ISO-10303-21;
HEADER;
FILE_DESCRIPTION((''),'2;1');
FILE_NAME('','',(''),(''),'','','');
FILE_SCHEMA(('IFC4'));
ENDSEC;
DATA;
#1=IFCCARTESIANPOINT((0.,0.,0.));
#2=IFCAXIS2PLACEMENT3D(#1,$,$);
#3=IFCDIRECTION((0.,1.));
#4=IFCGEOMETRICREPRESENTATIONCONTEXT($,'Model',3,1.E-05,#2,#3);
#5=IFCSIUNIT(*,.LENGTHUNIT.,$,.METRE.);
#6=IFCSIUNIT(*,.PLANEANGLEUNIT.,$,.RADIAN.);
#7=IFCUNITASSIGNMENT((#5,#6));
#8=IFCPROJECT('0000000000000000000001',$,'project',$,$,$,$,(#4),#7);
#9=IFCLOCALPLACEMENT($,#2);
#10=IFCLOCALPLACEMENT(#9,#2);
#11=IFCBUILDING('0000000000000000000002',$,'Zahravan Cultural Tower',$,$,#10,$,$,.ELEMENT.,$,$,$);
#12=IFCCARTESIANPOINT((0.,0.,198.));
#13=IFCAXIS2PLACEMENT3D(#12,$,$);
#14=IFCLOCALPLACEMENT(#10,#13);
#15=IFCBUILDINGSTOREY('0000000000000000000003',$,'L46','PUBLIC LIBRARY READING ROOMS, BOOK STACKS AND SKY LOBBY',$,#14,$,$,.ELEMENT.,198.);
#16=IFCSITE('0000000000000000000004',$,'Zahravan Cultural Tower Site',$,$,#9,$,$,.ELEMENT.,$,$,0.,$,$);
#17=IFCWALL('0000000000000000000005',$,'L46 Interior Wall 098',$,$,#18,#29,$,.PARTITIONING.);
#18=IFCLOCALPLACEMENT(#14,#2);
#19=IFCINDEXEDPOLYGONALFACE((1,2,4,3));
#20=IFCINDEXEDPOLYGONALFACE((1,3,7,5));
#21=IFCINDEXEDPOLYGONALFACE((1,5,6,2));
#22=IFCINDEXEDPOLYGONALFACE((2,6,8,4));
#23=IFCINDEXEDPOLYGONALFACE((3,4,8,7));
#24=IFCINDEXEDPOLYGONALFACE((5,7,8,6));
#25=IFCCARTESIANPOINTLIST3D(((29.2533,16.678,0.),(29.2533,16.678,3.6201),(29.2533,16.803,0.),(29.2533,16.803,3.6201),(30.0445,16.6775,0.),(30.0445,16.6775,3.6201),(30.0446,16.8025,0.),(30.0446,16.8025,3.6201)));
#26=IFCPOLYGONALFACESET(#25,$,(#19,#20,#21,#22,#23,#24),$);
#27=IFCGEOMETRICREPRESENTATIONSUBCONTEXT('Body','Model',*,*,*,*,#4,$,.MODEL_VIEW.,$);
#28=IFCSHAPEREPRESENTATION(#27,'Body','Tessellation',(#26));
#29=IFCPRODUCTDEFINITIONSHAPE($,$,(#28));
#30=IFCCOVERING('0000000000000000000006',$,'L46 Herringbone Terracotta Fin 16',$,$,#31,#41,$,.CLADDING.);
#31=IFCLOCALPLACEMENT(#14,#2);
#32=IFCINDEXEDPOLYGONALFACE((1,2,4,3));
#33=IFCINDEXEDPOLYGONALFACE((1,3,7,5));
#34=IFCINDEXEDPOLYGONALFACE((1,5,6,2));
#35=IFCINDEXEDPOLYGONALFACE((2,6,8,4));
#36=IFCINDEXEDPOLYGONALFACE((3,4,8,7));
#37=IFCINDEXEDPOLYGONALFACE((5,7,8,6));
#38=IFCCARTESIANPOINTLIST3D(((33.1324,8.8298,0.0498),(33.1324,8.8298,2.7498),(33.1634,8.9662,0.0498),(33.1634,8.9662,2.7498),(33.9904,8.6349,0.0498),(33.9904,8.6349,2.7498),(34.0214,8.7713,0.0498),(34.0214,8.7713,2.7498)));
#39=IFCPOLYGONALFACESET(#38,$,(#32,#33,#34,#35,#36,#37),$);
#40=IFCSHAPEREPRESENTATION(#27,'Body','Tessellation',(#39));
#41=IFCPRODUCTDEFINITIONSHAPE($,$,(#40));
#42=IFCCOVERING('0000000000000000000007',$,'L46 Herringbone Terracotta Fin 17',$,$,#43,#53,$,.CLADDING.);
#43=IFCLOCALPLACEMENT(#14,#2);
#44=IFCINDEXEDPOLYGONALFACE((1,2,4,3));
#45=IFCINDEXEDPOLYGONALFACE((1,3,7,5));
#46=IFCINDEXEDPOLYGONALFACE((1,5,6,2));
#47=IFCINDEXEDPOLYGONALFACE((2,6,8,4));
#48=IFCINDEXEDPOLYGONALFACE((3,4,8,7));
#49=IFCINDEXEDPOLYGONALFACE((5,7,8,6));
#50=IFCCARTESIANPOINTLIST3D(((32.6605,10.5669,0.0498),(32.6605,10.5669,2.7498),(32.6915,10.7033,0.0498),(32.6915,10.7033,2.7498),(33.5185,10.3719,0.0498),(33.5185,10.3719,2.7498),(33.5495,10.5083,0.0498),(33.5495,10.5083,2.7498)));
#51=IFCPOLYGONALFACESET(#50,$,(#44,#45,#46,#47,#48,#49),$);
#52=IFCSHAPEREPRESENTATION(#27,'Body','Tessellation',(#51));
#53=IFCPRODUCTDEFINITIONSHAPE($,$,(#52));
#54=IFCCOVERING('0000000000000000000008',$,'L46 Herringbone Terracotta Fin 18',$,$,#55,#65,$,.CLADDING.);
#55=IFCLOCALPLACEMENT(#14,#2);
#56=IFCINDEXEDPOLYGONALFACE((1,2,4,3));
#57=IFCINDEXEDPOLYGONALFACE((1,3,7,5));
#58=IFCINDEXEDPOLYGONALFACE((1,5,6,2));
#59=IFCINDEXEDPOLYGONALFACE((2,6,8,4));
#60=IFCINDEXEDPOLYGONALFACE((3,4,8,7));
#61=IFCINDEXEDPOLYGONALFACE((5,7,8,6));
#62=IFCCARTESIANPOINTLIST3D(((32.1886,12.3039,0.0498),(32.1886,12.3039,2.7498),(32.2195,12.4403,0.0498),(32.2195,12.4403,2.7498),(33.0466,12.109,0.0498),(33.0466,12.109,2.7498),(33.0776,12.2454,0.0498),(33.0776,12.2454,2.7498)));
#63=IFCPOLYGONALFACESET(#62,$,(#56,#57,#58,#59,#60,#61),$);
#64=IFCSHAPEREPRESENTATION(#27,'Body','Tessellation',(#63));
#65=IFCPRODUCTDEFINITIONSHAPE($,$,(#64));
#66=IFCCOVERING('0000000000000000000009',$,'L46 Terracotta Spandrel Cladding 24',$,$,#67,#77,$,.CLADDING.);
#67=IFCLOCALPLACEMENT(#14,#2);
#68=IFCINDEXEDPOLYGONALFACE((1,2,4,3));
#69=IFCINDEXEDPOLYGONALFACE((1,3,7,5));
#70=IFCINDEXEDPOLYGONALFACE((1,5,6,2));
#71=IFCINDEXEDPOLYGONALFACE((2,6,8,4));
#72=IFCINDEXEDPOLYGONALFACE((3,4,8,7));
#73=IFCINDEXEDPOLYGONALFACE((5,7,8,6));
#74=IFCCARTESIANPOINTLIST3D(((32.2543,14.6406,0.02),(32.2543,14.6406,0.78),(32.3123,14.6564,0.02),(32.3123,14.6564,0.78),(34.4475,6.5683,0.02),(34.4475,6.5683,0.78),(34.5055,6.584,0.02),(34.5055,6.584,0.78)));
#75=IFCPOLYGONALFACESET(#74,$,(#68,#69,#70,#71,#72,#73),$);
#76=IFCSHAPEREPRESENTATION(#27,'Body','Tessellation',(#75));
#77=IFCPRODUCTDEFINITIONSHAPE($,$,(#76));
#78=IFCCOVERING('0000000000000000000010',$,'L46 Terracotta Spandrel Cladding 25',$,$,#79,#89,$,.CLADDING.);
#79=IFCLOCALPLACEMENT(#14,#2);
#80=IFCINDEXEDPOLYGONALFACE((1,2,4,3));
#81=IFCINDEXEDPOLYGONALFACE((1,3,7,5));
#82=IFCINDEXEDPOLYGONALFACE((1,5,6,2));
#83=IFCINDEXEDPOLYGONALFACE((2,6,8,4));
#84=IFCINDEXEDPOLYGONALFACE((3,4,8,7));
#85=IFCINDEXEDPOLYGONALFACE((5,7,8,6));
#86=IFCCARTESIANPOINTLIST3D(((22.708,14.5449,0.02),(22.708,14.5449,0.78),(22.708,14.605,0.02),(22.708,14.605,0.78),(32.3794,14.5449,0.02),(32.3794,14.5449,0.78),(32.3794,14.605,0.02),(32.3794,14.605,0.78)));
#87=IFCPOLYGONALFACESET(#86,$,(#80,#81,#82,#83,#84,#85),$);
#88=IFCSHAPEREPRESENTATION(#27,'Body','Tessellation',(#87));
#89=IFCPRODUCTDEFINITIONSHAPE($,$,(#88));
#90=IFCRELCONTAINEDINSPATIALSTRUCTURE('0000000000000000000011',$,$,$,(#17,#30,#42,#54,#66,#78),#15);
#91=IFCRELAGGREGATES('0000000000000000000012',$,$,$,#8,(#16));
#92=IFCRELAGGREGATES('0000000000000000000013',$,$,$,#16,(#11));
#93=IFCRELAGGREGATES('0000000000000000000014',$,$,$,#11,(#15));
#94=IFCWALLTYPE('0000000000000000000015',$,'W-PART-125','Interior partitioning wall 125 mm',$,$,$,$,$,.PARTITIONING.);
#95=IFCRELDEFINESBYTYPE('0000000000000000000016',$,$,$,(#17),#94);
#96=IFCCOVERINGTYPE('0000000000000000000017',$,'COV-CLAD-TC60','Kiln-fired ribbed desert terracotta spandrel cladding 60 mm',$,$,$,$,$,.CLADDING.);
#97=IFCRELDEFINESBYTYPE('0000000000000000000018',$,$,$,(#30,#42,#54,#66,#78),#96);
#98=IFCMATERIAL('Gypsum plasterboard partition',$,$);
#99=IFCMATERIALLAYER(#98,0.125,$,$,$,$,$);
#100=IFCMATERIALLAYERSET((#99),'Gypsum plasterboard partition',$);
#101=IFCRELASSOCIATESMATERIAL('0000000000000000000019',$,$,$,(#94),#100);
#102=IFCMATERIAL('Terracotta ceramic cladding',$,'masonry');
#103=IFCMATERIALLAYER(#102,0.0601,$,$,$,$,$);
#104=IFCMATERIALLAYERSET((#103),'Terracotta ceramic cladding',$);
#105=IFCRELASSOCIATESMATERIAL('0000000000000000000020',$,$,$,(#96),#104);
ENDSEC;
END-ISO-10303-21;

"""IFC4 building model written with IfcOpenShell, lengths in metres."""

from ifc_helpers import new_model, si_unit, direction, frame, frame_2d, origin, origin_2d, place, context, subcontext, project, spatial, rectangle, extrude, source, transform, mapped, material, layer, layer_set, type_object, element, save


model = new_model("IFC4")

# Units and contexts
model_context = context("Model", 3, precision=1e-05, world=origin(), true_north=direction((0.0, 1.0)))
body_context = subcontext(model_context, "Body", "Model", "MODEL_VIEW")
ifc_project = project(units=[si_unit("LENGTHUNIT", "METRE"), si_unit("PLANEANGLEUNIT", "RADIAN")], contexts=[model_context])

# Site, building, storey
site_placement = place(None, origin())
site = spatial("IfcSite", under=ifc_project, at=site_placement, Name="Zahravan Cultural Tower Site", CompositionType="ELEMENT", RefElevation=0.0)
building_placement = place(site_placement, origin())
building = spatial("IfcBuilding", under=site, at=building_placement, Name="Zahravan Cultural Tower", CompositionType="ELEMENT")
storey_placement = place(building_placement, frame((0.0, 0.0, 198.0)))
storey = spatial("IfcBuildingStorey", under=building, at=storey_placement, Name="L46", Description="PUBLIC LIBRARY READING ROOMS, BOOK STACKS AND SKY LOBBY", CompositionType="ELEMENT", Elevation=198.0)

# Shared definitions
ifc_material_1 = material(Name="Gypsum plasterboard partition")
ifc_layer_1 = layer(ifc_material_1, 0.125)
ifc_layer_set_1 = layer_set([ifc_layer_1], Name="Gypsum plasterboard partition")
wall_type_1 = type_object("IfcWallType", Name="W-PART-125", Description="Interior partitioning wall 125 mm", PredefinedType="PARTITIONING", material=ifc_layer_set_1)

# Wall
shared_shape_1 = source(origin(), body_context, "Body", "SweptSolid", [
    extrude(rectangle(XDim=0.7913, YDim=0.125, at=frame_2d((0.3955, 0.0))), origin(), (0.0, 0.0, 1.0), 3.6201),
])
wall_1_placement = place(storey_placement, frame((29.2534, 16.7405, 0.0), z_axis=(0.0, 0.0, 1.0), x_axis=(1.0, -0.000617, 0.0)))
element("IfcWall", 1, at=wall_1_placement, inside=storey, type_object=wall_type_1, Name="L46 Interior Wall 098", PredefinedType="PARTITIONING", context=body_context, shape_type="MappedRepresentation", body=[
    mapped(shared_shape_1, transform((0.0, 0.0, 0.0), x_axis=(1.0, 0.0, 0.0), y_axis=(0.0, 1.0, 0.0), z_axis=(0.0, 0.0, 1.0), scale=1.0)),
])

# Coverings
ifc_material_2 = material(Name="Terracotta ceramic cladding", Category="masonry")
ifc_layer_2 = layer(ifc_material_2, 0.0601)
ifc_layer_set_2 = layer_set([ifc_layer_2], Name="Terracotta ceramic cladding")
covering_type = type_object("IfcCoveringType", Name="COV-CLAD-TC60", Description="Kiln-fired ribbed desert terracotta spandrel cladding 60 mm", PredefinedType="CLADDING", material=ifc_layer_set_2)
shared_shape_2 = source(origin(), body_context, "Body", "SweptSolid", [
    extrude(rectangle(XDim=0.8799, YDim=0.1399, at=origin_2d()), origin(), (0.0, 0.0, 1.0), 2.7),
])
for number, where, z_axis, x_axis, name in (
    (2, (33.5769, 8.8005, 0.0498), (0.0, 0.0, 1.0), (-0.975149, 0.221548, 0.0), "L46 Herringbone Terracotta Fin 16"),
    (3, (33.105, 10.5376, 0.0498), (0.0, 0.0, 1.0), (-0.975149, 0.221548, 0.0), "L46 Herringbone Terracotta Fin 17"),
    (4, (32.6331, 12.2747, 0.0498), (0.0, 0.0, 1.0), (-0.975149, 0.221548, 0.0), "L46 Herringbone Terracotta Fin 18"),
):
    element("IfcCovering", number, at=place(storey_placement, frame(where, z_axis=z_axis, x_axis=x_axis)), inside=storey, type_object=covering_type, Name=name, PredefinedType="CLADDING", context=body_context, shape_type="MappedRepresentation", body=[
        mapped(shared_shape_2, transform((0.0, 0.0, 0.0), x_axis=(1.0, 0.0, 0.0), y_axis=(0.0, 1.0, 0.0), z_axis=(0.0, 0.0, 1.0), scale=1.0)),
    ])
shared_shape_3 = source(origin(), body_context, "Body", "SweptSolid", [
    extrude(rectangle(XDim=8.365, YDim=0.0601, at=origin_2d()), origin(), (0.0, 0.0, 1.0), 0.76),
])
covering_1_placement = place(storey_placement, frame((33.3799, 10.6123, 0.02), z_axis=(0.0, 0.0, 1.0), x_axis=(-0.262189, 0.965016, 0.0)))
element("IfcCovering", 5, at=covering_1_placement, inside=storey, type_object=covering_type, Name="L46 Terracotta Spandrel Cladding 24", PredefinedType="CLADDING", context=body_context, shape_type="MappedRepresentation", body=[
    mapped(shared_shape_3, transform((0.0, 0.0, 0.0), x_axis=(1.0, 0.0, 0.0), y_axis=(0.0, 1.0, 0.0), z_axis=(0.0, 0.0, 1.0), scale=1.0)),
])
shared_shape_4 = source(origin(), body_context, "Body", "SweptSolid", [
    extrude(rectangle(XDim=9.6714, YDim=0.0601, at=origin_2d()), origin(), (0.0, 0.0, 1.0), 0.76),
])
covering_2_placement = place(storey_placement, frame((27.5437, 14.575, 0.02), z_axis=(0.0, 0.0, 1.0), x_axis=(-1.0, 0.0, 0.0)))
element("IfcCovering", 6, at=covering_2_placement, inside=storey, type_object=covering_type, Name="L46 Terracotta Spandrel Cladding 25", PredefinedType="CLADDING", context=body_context, shape_type="MappedRepresentation", body=[
    mapped(shared_shape_4, transform((0.0, 0.0, 0.0), x_axis=(1.0, 0.0, 0.0), y_axis=(0.0, 1.0, 0.0), z_axis=(0.0, 0.0, 1.0), scale=1.0)),
])

save(model, "model.ifc")
